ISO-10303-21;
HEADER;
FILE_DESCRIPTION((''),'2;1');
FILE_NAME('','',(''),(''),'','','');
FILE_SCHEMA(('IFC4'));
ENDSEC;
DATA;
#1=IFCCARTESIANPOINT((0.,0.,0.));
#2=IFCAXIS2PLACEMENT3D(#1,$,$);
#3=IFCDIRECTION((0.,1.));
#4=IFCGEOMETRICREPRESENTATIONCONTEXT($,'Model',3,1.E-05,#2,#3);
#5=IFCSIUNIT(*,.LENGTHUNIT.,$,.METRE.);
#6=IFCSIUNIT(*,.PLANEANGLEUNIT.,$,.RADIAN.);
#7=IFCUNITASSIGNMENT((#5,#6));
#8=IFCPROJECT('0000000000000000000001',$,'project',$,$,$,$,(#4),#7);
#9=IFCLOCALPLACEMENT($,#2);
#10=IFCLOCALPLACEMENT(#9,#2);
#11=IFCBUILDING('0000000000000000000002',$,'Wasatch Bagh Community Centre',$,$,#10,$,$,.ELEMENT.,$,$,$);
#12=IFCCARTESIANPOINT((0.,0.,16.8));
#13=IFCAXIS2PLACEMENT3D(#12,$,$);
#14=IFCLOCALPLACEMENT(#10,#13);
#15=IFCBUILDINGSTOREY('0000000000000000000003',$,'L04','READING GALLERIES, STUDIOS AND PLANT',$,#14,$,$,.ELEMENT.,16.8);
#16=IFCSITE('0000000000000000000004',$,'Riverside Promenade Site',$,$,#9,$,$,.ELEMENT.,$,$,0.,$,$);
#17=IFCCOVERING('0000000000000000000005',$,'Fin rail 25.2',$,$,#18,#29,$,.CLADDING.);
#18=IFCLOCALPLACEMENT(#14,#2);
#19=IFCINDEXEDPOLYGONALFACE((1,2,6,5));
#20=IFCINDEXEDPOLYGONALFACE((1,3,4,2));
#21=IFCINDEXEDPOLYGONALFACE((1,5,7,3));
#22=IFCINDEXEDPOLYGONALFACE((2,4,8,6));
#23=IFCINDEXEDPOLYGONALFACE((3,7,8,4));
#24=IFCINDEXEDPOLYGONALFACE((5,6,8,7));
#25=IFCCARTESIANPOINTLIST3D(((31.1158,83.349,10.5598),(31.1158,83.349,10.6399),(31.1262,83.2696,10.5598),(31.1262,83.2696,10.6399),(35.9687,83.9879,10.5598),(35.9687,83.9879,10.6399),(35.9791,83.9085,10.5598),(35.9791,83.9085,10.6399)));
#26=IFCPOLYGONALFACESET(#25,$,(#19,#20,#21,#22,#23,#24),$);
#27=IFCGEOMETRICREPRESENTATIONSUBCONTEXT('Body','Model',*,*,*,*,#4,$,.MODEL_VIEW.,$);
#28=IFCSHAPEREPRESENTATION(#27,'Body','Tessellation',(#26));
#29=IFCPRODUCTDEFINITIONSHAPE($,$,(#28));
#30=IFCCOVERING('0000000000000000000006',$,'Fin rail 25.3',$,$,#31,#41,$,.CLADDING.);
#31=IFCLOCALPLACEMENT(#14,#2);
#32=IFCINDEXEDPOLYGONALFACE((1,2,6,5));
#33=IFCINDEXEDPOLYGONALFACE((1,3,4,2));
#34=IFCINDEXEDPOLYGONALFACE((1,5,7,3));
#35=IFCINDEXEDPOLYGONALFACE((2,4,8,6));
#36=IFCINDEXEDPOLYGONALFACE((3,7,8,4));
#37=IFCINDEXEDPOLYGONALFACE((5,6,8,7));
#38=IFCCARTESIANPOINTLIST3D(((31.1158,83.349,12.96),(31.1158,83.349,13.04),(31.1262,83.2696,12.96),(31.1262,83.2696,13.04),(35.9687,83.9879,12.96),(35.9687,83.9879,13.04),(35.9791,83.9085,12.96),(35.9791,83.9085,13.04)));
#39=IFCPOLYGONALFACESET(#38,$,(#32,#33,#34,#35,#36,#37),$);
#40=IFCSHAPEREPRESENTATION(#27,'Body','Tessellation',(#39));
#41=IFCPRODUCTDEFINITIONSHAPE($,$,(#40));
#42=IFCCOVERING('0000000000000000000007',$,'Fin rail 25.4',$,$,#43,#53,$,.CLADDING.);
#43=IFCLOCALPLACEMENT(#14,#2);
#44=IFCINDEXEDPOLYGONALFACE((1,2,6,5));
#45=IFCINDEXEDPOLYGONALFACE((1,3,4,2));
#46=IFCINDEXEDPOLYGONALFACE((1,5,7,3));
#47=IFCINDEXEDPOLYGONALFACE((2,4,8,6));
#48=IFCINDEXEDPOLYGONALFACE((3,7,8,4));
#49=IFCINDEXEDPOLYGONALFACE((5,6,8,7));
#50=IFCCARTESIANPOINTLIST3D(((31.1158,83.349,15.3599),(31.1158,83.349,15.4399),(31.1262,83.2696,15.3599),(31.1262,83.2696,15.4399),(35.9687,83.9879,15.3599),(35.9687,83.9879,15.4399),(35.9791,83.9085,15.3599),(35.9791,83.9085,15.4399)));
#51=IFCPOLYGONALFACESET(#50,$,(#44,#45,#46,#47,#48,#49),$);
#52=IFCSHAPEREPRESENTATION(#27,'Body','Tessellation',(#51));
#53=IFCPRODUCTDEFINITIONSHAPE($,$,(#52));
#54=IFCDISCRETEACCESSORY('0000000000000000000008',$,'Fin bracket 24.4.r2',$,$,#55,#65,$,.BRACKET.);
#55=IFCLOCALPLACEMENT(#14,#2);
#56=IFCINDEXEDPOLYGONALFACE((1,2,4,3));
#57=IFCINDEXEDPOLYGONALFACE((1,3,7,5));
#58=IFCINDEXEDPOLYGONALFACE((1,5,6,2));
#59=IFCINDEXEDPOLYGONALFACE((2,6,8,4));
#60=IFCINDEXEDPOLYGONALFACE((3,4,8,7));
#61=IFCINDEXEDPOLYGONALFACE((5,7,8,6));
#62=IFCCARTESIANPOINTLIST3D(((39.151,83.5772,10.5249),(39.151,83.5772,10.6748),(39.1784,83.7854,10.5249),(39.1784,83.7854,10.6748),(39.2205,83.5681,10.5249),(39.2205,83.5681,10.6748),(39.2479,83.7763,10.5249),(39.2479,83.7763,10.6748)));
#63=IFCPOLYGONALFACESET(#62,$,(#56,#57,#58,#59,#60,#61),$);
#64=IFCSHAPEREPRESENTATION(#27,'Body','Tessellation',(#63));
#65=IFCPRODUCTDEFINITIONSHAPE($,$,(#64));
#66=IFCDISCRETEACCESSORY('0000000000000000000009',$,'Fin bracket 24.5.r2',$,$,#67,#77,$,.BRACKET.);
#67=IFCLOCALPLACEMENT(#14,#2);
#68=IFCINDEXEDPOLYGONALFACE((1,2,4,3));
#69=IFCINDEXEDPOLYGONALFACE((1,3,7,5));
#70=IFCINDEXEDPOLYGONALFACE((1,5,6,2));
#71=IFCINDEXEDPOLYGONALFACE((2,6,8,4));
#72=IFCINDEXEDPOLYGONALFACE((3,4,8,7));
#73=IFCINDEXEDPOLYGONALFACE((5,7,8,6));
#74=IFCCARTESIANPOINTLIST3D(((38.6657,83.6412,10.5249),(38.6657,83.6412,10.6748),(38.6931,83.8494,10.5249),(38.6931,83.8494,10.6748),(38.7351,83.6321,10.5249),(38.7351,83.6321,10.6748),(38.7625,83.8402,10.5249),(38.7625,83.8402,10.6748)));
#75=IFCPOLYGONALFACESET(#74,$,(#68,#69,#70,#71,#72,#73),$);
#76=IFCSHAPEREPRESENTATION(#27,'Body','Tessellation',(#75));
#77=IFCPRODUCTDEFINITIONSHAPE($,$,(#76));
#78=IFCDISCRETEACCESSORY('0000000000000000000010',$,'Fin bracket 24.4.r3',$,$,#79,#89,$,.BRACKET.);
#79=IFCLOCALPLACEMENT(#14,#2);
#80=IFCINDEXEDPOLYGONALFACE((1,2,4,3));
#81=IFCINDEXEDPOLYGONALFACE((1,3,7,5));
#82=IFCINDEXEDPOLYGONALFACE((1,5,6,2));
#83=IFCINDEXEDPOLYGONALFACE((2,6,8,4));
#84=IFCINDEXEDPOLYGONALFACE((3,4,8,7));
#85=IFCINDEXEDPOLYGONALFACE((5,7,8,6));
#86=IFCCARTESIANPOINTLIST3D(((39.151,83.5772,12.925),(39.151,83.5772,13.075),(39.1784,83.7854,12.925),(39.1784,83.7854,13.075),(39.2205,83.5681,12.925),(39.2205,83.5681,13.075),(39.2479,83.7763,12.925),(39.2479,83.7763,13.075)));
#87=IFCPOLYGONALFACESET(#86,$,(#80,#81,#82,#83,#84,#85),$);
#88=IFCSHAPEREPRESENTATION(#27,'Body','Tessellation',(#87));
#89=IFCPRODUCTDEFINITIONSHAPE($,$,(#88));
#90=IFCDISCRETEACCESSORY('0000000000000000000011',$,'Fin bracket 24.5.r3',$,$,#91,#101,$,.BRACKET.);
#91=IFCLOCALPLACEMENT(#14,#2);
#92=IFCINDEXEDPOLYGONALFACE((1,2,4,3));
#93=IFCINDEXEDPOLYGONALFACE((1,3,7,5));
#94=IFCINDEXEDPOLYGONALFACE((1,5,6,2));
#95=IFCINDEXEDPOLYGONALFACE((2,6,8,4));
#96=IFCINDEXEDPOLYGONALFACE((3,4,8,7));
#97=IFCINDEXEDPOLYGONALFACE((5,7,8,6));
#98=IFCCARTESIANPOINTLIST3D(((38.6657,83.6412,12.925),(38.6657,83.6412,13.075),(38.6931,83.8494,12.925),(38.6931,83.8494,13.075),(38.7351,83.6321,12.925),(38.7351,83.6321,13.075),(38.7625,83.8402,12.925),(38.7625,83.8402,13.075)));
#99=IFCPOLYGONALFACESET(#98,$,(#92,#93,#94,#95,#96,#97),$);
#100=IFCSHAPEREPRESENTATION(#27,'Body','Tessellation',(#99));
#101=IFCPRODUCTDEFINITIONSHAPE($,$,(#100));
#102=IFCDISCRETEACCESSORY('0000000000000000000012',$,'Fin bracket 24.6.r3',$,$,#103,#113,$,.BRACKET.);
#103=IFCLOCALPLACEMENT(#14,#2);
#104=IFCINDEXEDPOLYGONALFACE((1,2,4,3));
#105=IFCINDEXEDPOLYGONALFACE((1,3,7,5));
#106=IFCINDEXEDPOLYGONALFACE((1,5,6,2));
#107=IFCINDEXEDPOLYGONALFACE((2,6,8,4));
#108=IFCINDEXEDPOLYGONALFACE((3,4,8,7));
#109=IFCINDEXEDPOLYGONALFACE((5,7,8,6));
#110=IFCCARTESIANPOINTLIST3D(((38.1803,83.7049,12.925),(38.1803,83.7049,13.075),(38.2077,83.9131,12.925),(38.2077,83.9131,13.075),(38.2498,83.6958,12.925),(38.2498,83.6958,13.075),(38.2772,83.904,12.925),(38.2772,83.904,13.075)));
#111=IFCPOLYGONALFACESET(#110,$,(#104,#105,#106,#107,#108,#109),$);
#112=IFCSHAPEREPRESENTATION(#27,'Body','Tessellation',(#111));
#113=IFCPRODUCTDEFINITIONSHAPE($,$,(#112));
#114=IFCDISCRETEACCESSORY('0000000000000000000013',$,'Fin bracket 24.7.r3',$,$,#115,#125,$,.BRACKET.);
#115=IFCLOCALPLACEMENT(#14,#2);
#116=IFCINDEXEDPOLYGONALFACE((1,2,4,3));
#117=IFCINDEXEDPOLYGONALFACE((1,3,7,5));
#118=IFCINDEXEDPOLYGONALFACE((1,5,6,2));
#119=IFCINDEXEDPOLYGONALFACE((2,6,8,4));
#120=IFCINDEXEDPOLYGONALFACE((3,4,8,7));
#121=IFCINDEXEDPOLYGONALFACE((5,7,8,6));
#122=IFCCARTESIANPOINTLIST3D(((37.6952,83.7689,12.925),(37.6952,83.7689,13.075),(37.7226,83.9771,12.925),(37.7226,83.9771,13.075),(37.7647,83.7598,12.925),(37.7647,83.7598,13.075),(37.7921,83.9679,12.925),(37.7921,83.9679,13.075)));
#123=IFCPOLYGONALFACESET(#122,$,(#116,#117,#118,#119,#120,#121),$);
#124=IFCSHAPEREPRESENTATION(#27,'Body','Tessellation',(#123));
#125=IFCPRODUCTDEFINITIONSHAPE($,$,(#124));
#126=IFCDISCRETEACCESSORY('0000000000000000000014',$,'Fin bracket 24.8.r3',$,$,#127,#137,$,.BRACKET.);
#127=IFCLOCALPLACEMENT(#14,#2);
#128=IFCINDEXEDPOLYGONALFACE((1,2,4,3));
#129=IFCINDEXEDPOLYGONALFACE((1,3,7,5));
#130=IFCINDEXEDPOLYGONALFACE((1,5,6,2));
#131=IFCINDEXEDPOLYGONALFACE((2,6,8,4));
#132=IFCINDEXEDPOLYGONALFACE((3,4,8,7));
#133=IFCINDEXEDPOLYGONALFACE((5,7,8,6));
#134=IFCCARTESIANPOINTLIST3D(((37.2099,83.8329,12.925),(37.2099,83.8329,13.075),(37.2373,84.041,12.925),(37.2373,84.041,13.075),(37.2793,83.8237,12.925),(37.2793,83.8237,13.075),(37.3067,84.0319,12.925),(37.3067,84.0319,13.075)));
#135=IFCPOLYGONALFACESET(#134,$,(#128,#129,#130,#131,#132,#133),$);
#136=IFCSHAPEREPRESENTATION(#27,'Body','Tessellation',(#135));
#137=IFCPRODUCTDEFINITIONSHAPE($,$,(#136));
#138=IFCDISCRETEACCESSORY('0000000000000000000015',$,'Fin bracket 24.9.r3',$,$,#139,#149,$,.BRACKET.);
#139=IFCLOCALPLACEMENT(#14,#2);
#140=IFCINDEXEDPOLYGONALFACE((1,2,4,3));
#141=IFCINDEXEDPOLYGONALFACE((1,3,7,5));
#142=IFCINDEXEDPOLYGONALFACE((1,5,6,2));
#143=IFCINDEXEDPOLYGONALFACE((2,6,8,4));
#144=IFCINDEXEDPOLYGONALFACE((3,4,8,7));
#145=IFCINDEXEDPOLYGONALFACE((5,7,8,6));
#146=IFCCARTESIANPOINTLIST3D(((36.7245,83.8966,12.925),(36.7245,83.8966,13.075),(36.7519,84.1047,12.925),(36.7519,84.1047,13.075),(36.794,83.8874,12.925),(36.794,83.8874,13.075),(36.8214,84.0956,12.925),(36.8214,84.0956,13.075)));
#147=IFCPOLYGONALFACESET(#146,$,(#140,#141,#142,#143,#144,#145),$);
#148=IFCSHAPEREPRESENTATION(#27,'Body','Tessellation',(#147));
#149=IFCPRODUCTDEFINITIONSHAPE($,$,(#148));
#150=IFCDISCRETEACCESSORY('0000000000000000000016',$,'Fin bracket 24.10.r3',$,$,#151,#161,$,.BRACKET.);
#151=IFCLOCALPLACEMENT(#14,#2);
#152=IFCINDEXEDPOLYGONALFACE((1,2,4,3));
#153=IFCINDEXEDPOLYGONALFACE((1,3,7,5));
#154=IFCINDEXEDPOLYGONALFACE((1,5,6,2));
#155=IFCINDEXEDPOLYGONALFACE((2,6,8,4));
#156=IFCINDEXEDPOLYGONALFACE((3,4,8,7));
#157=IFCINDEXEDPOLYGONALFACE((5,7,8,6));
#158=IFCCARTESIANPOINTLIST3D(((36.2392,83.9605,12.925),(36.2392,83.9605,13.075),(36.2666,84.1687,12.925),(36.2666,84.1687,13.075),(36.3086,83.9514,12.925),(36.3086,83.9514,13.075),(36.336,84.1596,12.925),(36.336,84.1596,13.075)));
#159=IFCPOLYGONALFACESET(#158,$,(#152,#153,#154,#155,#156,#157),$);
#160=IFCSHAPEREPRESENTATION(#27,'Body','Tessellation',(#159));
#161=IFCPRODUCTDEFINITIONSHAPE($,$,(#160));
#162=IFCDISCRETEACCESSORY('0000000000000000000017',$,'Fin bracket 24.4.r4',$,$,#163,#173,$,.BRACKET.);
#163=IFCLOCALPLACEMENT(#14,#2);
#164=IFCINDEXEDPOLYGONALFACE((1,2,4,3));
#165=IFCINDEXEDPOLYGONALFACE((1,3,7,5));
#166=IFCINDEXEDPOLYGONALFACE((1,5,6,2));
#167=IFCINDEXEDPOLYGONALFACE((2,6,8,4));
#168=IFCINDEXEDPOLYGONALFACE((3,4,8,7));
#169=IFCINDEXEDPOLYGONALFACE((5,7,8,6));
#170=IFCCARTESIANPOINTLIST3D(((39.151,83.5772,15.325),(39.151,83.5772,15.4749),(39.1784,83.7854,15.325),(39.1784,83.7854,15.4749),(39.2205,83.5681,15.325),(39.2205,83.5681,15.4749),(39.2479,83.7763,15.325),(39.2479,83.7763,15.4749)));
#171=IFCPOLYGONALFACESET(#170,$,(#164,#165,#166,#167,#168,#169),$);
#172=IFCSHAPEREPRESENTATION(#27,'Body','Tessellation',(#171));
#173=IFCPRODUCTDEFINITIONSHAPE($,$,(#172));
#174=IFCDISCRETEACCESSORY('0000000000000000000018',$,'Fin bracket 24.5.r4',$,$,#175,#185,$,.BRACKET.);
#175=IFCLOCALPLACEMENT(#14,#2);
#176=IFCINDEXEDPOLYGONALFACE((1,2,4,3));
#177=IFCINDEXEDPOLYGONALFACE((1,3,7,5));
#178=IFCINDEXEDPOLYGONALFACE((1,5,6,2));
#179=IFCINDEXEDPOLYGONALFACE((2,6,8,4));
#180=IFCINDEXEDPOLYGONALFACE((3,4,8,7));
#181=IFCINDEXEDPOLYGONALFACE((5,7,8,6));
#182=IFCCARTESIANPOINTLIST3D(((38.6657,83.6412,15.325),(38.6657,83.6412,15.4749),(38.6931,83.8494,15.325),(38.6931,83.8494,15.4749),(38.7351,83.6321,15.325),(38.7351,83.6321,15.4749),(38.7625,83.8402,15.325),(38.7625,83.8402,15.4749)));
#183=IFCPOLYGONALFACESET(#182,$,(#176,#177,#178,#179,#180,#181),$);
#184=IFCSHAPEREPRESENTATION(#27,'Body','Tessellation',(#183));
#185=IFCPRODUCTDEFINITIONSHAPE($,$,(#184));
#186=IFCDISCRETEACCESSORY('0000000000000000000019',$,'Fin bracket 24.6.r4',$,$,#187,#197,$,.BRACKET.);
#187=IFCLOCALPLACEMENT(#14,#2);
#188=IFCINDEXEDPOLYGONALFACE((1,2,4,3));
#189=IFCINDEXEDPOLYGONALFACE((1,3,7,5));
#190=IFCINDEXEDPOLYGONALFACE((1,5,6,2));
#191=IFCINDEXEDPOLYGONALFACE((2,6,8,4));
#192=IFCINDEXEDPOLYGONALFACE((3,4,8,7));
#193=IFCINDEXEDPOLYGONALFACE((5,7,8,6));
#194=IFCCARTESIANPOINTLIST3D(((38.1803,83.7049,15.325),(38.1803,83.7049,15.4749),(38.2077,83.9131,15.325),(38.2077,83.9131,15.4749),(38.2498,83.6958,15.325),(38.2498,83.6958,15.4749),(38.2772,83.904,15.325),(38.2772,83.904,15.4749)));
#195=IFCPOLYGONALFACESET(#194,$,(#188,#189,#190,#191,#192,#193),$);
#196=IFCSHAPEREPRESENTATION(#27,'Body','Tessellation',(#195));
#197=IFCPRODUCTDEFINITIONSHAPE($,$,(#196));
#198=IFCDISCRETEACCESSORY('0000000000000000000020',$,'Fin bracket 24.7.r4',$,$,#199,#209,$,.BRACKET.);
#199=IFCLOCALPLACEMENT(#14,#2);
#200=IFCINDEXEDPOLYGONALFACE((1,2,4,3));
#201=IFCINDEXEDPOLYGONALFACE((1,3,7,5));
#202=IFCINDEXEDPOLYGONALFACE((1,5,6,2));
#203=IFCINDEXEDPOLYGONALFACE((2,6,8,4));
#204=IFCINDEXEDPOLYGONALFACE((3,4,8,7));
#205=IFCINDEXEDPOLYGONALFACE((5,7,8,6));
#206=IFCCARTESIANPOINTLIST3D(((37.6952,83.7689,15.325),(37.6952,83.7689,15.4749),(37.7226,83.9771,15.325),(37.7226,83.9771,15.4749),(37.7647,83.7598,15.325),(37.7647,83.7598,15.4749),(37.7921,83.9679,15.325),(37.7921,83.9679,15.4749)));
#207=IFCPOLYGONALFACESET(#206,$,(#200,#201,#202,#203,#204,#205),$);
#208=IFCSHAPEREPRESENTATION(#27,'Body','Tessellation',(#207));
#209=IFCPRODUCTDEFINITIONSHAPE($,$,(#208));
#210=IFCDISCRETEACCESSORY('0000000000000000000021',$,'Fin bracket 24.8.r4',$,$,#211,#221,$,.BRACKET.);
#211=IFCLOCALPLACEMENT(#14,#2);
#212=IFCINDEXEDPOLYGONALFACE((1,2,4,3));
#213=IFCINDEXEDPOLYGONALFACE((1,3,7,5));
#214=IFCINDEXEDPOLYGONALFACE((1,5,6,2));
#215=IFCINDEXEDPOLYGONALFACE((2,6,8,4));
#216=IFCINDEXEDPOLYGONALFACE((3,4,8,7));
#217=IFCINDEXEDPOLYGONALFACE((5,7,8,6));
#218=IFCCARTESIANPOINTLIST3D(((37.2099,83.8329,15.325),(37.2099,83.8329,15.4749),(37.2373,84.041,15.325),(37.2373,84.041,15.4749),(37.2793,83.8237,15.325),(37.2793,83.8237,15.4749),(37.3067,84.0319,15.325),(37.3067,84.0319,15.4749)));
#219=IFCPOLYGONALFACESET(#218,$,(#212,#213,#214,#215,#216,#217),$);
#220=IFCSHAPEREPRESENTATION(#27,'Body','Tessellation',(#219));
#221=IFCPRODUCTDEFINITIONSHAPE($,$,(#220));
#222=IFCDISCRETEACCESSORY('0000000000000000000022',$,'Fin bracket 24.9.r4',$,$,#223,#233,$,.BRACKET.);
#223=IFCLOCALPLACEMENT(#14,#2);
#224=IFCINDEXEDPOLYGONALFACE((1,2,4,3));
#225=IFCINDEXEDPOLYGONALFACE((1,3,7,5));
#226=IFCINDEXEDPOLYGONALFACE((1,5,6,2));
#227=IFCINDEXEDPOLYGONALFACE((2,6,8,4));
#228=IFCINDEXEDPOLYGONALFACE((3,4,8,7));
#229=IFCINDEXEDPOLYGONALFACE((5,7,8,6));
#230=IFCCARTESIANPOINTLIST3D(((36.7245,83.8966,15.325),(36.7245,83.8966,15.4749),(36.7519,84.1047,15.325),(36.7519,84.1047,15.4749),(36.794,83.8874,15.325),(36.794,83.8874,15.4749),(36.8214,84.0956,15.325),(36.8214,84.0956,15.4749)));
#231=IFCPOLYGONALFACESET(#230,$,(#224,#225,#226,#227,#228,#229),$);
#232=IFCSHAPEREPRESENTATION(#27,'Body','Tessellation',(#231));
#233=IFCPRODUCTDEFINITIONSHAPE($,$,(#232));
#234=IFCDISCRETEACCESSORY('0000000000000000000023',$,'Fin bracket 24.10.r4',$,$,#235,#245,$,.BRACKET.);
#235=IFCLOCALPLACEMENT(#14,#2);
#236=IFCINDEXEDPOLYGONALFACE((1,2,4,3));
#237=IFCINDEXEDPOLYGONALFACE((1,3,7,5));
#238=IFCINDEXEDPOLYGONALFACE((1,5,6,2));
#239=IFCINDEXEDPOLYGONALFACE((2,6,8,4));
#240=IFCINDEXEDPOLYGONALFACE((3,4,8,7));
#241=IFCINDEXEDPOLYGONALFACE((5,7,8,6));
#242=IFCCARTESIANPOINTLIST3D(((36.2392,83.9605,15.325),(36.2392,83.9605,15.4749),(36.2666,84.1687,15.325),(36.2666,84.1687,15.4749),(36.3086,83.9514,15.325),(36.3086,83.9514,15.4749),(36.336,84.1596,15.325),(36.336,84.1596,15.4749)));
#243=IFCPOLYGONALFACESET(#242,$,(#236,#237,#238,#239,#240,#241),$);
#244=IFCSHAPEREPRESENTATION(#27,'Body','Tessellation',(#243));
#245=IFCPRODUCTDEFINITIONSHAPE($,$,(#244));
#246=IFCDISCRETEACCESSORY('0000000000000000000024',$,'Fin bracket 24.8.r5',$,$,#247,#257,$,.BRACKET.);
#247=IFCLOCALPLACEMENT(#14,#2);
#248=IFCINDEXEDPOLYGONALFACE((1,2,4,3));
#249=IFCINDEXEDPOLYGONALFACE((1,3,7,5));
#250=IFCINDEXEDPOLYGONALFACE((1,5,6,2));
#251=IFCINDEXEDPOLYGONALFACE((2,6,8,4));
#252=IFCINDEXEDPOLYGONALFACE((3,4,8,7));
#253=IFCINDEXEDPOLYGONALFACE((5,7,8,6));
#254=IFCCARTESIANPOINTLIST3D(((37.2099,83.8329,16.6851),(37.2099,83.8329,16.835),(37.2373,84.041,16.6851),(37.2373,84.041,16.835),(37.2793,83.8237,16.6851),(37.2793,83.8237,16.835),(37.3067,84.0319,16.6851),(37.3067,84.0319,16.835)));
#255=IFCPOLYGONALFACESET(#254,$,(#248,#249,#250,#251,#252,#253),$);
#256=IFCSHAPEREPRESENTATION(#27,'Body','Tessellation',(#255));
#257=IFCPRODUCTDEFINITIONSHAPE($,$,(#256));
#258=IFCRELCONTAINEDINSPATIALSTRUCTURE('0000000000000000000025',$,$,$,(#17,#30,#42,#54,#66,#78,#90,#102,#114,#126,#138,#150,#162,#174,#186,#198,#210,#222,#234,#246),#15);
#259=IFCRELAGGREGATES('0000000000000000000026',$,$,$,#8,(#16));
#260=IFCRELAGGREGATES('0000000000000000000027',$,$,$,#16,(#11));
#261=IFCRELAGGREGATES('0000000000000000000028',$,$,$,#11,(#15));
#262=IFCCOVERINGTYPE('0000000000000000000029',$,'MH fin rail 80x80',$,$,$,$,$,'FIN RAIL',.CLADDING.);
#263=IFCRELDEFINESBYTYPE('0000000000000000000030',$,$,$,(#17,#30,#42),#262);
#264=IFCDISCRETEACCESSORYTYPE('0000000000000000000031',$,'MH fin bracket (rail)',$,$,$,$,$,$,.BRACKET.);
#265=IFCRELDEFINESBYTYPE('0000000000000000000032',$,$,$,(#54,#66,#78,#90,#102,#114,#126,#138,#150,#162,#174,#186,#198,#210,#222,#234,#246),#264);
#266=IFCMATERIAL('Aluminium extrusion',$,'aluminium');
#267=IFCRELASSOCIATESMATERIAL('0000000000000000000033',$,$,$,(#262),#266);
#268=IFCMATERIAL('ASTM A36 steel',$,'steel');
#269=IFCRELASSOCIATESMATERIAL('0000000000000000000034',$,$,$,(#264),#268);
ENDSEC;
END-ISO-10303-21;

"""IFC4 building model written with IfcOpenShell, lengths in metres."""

from ifc_helpers import new_model, si_unit, direction, frame, origin, origin_2d, place, context, subcontext, project, spatial, rectangle, extrude, material, material_profile, profile_set, type_object, element, save


model = new_model("IFC4")

# Units and contexts
model_context = context("Model", 3, precision=1e-05, world=origin(), true_north=direction((0.0, 1.0)))
body_context = subcontext(model_context, "Body", "Model", "MODEL_VIEW")
ifc_project = project(units=[si_unit("LENGTHUNIT", "METRE"), si_unit("PLANEANGLEUNIT", "RADIAN")], contexts=[model_context])

# Site, building, storey
site_placement = place(None, origin())
site = spatial("IfcSite", under=ifc_project, at=site_placement, Name="Riverside Promenade Site", CompositionType="ELEMENT", RefElevation=0.0)
building_placement = place(site_placement, origin())
building = spatial("IfcBuilding", under=site, at=building_placement, Name="Wasatch Bagh Community Centre", CompositionType="ELEMENT")
storey_placement = place(building_placement, frame((0.0, 0.0, 16.8)))
storey = spatial("IfcBuildingStorey", under=building, at=storey_placement, Name="L04", Description="READING GALLERIES, STUDIOS AND PLANT", CompositionType="ELEMENT", Elevation=16.8)

# Coverings
ifc_material_1 = material(Name="Aluminium extrusion", Category="aluminium")
ifc_material_profile = material_profile(ifc_material_1, rectangle(XDim=0.0801, YDim=0.0801, at=origin_2d()), Name="AL 80x80")
ifc_profile_set = profile_set([ifc_material_profile], Name="Aluminium extrusion")
covering_type = type_object("IfcCoveringType", Name="MH fin rail 80x80", ElementType="FIN RAIL", PredefinedType="CLADDING", material=ifc_profile_set)
for number, where, z_axis, x_axis, name in (
    (1, (35.9739, 83.9482, 10.5999), (-0.991444, -0.130533, 0.0), (0.130533, -0.991444, 0.0), "Fin rail 25.2"),
    (2, (35.9739, 83.9482, 13.0), (-0.991444, -0.130533, 0.0), (0.130533, -0.991444, 0.0), "Fin rail 25.3"),
    (3, (35.9739, 83.9482, 15.3999), (-0.991444, -0.130533, 0.0), (0.130533, -0.991444, 0.0), "Fin rail 25.4"),
):
    element("IfcCovering", number, at=place(storey_placement, frame(where, z_axis=z_axis, x_axis=x_axis)), inside=storey, type_object=covering_type, Name=name, PredefinedType="CLADDING", context=body_context, shape_type="SweptSolid", body=[
        extrude(rectangle(XDim=0.0801, YDim=0.0801, at=origin_2d()), origin(), (0.0, 0.0, 1.0), 4.8948),
    ])

# Discrete accessories
ifc_material_2 = material(Name="ASTM A36 steel", Category="steel")
discrete_accessory_type_1 = type_object("IfcDiscreteAccessoryType", Name="MH fin bracket (rail)", PredefinedType="BRACKET", material=ifc_material_2)
for number, where, z_axis, x_axis, name in (
    (4, (39.1995, 83.6768, 10.5249), (0.0, 0.0, 1.0), (-0.991445, 0.130526, 0.0), "Fin bracket 24.4.r2"),
    (5, (38.7141, 83.7407, 10.5249), (0.0, 0.0, 1.0), (-0.991445, 0.130526, 0.0), "Fin bracket 24.5.r2"),
    (6, (39.1995, 83.6768, 12.925), (0.0, 0.0, 1.0), (-0.991445, 0.130526, 0.0), "Fin bracket 24.4.r3"),
    (7, (38.7141, 83.7407, 12.925), (0.0, 0.0, 1.0), (-0.991445, 0.130526, 0.0), "Fin bracket 24.5.r3"),
    (8, (38.2288, 83.8044, 12.925), (0.0, 0.0, 1.0), (-0.991445, 0.130526, 0.0), "Fin bracket 24.6.r3"),
    (9, (37.7437, 83.8684, 12.925), (0.0, 0.0, 1.0), (-0.991445, 0.130526, 0.0), "Fin bracket 24.7.r3"),
    (10, (37.2583, 83.9324, 12.925), (0.0, 0.0, 1.0), (-0.991445, 0.130526, 0.0), "Fin bracket 24.8.r3"),
    (11, (36.7729, 83.9961, 12.925), (0.0, 0.0, 1.0), (-0.991445, 0.130526, 0.0), "Fin bracket 24.9.r3"),
    (12, (36.2876, 84.0601, 12.925), (0.0, 0.0, 1.0), (-0.991445, 0.130526, 0.0), "Fin bracket 24.10.r3"),
    (13, (39.1995, 83.6768, 15.325), (0.0, 0.0, 1.0), (-0.991445, 0.130526, 0.0), "Fin bracket 24.4.r4"),
    (14, (38.7141, 83.7407, 15.325), (0.0, 0.0, 1.0), (-0.991445, 0.130526, 0.0), "Fin bracket 24.5.r4"),
    (15, (38.2288, 83.8044, 15.325), (0.0, 0.0, 1.0), (-0.991445, 0.130526, 0.0), "Fin bracket 24.6.r4"),
    (16, (37.7437, 83.8684, 15.325), (0.0, 0.0, 1.0), (-0.991445, 0.130526, 0.0), "Fin bracket 24.7.r4"),
    (17, (37.2583, 83.9324, 15.325), (0.0, 0.0, 1.0), (-0.991445, 0.130526, 0.0), "Fin bracket 24.8.r4"),
    (18, (36.7729, 83.9961, 15.325), (0.0, 0.0, 1.0), (-0.991445, 0.130526, 0.0), "Fin bracket 24.9.r4"),
    (19, (36.2876, 84.0601, 15.325), (0.0, 0.0, 1.0), (-0.991445, 0.130526, 0.0), "Fin bracket 24.10.r4"),
    (20, (37.2583, 83.9324, 16.6851), (0.0, 0.0, 1.0), (-0.991445, 0.130526, 0.0), "Fin bracket 24.8.r5"),
):
    element("IfcDiscreteAccessory", number, at=place(storey_placement, frame(where, z_axis=z_axis, x_axis=x_axis)), inside=storey, type_object=discrete_accessory_type_1, Name=name, PredefinedType="BRACKET", context=body_context, shape_type="SweptSolid", body=[
        extrude(rectangle(XDim=0.0701, YDim=0.21, at=origin_2d()), origin(), (0.0, 0.0, 1.0), 0.1499),
    ])

save(model, "model.ifc")
